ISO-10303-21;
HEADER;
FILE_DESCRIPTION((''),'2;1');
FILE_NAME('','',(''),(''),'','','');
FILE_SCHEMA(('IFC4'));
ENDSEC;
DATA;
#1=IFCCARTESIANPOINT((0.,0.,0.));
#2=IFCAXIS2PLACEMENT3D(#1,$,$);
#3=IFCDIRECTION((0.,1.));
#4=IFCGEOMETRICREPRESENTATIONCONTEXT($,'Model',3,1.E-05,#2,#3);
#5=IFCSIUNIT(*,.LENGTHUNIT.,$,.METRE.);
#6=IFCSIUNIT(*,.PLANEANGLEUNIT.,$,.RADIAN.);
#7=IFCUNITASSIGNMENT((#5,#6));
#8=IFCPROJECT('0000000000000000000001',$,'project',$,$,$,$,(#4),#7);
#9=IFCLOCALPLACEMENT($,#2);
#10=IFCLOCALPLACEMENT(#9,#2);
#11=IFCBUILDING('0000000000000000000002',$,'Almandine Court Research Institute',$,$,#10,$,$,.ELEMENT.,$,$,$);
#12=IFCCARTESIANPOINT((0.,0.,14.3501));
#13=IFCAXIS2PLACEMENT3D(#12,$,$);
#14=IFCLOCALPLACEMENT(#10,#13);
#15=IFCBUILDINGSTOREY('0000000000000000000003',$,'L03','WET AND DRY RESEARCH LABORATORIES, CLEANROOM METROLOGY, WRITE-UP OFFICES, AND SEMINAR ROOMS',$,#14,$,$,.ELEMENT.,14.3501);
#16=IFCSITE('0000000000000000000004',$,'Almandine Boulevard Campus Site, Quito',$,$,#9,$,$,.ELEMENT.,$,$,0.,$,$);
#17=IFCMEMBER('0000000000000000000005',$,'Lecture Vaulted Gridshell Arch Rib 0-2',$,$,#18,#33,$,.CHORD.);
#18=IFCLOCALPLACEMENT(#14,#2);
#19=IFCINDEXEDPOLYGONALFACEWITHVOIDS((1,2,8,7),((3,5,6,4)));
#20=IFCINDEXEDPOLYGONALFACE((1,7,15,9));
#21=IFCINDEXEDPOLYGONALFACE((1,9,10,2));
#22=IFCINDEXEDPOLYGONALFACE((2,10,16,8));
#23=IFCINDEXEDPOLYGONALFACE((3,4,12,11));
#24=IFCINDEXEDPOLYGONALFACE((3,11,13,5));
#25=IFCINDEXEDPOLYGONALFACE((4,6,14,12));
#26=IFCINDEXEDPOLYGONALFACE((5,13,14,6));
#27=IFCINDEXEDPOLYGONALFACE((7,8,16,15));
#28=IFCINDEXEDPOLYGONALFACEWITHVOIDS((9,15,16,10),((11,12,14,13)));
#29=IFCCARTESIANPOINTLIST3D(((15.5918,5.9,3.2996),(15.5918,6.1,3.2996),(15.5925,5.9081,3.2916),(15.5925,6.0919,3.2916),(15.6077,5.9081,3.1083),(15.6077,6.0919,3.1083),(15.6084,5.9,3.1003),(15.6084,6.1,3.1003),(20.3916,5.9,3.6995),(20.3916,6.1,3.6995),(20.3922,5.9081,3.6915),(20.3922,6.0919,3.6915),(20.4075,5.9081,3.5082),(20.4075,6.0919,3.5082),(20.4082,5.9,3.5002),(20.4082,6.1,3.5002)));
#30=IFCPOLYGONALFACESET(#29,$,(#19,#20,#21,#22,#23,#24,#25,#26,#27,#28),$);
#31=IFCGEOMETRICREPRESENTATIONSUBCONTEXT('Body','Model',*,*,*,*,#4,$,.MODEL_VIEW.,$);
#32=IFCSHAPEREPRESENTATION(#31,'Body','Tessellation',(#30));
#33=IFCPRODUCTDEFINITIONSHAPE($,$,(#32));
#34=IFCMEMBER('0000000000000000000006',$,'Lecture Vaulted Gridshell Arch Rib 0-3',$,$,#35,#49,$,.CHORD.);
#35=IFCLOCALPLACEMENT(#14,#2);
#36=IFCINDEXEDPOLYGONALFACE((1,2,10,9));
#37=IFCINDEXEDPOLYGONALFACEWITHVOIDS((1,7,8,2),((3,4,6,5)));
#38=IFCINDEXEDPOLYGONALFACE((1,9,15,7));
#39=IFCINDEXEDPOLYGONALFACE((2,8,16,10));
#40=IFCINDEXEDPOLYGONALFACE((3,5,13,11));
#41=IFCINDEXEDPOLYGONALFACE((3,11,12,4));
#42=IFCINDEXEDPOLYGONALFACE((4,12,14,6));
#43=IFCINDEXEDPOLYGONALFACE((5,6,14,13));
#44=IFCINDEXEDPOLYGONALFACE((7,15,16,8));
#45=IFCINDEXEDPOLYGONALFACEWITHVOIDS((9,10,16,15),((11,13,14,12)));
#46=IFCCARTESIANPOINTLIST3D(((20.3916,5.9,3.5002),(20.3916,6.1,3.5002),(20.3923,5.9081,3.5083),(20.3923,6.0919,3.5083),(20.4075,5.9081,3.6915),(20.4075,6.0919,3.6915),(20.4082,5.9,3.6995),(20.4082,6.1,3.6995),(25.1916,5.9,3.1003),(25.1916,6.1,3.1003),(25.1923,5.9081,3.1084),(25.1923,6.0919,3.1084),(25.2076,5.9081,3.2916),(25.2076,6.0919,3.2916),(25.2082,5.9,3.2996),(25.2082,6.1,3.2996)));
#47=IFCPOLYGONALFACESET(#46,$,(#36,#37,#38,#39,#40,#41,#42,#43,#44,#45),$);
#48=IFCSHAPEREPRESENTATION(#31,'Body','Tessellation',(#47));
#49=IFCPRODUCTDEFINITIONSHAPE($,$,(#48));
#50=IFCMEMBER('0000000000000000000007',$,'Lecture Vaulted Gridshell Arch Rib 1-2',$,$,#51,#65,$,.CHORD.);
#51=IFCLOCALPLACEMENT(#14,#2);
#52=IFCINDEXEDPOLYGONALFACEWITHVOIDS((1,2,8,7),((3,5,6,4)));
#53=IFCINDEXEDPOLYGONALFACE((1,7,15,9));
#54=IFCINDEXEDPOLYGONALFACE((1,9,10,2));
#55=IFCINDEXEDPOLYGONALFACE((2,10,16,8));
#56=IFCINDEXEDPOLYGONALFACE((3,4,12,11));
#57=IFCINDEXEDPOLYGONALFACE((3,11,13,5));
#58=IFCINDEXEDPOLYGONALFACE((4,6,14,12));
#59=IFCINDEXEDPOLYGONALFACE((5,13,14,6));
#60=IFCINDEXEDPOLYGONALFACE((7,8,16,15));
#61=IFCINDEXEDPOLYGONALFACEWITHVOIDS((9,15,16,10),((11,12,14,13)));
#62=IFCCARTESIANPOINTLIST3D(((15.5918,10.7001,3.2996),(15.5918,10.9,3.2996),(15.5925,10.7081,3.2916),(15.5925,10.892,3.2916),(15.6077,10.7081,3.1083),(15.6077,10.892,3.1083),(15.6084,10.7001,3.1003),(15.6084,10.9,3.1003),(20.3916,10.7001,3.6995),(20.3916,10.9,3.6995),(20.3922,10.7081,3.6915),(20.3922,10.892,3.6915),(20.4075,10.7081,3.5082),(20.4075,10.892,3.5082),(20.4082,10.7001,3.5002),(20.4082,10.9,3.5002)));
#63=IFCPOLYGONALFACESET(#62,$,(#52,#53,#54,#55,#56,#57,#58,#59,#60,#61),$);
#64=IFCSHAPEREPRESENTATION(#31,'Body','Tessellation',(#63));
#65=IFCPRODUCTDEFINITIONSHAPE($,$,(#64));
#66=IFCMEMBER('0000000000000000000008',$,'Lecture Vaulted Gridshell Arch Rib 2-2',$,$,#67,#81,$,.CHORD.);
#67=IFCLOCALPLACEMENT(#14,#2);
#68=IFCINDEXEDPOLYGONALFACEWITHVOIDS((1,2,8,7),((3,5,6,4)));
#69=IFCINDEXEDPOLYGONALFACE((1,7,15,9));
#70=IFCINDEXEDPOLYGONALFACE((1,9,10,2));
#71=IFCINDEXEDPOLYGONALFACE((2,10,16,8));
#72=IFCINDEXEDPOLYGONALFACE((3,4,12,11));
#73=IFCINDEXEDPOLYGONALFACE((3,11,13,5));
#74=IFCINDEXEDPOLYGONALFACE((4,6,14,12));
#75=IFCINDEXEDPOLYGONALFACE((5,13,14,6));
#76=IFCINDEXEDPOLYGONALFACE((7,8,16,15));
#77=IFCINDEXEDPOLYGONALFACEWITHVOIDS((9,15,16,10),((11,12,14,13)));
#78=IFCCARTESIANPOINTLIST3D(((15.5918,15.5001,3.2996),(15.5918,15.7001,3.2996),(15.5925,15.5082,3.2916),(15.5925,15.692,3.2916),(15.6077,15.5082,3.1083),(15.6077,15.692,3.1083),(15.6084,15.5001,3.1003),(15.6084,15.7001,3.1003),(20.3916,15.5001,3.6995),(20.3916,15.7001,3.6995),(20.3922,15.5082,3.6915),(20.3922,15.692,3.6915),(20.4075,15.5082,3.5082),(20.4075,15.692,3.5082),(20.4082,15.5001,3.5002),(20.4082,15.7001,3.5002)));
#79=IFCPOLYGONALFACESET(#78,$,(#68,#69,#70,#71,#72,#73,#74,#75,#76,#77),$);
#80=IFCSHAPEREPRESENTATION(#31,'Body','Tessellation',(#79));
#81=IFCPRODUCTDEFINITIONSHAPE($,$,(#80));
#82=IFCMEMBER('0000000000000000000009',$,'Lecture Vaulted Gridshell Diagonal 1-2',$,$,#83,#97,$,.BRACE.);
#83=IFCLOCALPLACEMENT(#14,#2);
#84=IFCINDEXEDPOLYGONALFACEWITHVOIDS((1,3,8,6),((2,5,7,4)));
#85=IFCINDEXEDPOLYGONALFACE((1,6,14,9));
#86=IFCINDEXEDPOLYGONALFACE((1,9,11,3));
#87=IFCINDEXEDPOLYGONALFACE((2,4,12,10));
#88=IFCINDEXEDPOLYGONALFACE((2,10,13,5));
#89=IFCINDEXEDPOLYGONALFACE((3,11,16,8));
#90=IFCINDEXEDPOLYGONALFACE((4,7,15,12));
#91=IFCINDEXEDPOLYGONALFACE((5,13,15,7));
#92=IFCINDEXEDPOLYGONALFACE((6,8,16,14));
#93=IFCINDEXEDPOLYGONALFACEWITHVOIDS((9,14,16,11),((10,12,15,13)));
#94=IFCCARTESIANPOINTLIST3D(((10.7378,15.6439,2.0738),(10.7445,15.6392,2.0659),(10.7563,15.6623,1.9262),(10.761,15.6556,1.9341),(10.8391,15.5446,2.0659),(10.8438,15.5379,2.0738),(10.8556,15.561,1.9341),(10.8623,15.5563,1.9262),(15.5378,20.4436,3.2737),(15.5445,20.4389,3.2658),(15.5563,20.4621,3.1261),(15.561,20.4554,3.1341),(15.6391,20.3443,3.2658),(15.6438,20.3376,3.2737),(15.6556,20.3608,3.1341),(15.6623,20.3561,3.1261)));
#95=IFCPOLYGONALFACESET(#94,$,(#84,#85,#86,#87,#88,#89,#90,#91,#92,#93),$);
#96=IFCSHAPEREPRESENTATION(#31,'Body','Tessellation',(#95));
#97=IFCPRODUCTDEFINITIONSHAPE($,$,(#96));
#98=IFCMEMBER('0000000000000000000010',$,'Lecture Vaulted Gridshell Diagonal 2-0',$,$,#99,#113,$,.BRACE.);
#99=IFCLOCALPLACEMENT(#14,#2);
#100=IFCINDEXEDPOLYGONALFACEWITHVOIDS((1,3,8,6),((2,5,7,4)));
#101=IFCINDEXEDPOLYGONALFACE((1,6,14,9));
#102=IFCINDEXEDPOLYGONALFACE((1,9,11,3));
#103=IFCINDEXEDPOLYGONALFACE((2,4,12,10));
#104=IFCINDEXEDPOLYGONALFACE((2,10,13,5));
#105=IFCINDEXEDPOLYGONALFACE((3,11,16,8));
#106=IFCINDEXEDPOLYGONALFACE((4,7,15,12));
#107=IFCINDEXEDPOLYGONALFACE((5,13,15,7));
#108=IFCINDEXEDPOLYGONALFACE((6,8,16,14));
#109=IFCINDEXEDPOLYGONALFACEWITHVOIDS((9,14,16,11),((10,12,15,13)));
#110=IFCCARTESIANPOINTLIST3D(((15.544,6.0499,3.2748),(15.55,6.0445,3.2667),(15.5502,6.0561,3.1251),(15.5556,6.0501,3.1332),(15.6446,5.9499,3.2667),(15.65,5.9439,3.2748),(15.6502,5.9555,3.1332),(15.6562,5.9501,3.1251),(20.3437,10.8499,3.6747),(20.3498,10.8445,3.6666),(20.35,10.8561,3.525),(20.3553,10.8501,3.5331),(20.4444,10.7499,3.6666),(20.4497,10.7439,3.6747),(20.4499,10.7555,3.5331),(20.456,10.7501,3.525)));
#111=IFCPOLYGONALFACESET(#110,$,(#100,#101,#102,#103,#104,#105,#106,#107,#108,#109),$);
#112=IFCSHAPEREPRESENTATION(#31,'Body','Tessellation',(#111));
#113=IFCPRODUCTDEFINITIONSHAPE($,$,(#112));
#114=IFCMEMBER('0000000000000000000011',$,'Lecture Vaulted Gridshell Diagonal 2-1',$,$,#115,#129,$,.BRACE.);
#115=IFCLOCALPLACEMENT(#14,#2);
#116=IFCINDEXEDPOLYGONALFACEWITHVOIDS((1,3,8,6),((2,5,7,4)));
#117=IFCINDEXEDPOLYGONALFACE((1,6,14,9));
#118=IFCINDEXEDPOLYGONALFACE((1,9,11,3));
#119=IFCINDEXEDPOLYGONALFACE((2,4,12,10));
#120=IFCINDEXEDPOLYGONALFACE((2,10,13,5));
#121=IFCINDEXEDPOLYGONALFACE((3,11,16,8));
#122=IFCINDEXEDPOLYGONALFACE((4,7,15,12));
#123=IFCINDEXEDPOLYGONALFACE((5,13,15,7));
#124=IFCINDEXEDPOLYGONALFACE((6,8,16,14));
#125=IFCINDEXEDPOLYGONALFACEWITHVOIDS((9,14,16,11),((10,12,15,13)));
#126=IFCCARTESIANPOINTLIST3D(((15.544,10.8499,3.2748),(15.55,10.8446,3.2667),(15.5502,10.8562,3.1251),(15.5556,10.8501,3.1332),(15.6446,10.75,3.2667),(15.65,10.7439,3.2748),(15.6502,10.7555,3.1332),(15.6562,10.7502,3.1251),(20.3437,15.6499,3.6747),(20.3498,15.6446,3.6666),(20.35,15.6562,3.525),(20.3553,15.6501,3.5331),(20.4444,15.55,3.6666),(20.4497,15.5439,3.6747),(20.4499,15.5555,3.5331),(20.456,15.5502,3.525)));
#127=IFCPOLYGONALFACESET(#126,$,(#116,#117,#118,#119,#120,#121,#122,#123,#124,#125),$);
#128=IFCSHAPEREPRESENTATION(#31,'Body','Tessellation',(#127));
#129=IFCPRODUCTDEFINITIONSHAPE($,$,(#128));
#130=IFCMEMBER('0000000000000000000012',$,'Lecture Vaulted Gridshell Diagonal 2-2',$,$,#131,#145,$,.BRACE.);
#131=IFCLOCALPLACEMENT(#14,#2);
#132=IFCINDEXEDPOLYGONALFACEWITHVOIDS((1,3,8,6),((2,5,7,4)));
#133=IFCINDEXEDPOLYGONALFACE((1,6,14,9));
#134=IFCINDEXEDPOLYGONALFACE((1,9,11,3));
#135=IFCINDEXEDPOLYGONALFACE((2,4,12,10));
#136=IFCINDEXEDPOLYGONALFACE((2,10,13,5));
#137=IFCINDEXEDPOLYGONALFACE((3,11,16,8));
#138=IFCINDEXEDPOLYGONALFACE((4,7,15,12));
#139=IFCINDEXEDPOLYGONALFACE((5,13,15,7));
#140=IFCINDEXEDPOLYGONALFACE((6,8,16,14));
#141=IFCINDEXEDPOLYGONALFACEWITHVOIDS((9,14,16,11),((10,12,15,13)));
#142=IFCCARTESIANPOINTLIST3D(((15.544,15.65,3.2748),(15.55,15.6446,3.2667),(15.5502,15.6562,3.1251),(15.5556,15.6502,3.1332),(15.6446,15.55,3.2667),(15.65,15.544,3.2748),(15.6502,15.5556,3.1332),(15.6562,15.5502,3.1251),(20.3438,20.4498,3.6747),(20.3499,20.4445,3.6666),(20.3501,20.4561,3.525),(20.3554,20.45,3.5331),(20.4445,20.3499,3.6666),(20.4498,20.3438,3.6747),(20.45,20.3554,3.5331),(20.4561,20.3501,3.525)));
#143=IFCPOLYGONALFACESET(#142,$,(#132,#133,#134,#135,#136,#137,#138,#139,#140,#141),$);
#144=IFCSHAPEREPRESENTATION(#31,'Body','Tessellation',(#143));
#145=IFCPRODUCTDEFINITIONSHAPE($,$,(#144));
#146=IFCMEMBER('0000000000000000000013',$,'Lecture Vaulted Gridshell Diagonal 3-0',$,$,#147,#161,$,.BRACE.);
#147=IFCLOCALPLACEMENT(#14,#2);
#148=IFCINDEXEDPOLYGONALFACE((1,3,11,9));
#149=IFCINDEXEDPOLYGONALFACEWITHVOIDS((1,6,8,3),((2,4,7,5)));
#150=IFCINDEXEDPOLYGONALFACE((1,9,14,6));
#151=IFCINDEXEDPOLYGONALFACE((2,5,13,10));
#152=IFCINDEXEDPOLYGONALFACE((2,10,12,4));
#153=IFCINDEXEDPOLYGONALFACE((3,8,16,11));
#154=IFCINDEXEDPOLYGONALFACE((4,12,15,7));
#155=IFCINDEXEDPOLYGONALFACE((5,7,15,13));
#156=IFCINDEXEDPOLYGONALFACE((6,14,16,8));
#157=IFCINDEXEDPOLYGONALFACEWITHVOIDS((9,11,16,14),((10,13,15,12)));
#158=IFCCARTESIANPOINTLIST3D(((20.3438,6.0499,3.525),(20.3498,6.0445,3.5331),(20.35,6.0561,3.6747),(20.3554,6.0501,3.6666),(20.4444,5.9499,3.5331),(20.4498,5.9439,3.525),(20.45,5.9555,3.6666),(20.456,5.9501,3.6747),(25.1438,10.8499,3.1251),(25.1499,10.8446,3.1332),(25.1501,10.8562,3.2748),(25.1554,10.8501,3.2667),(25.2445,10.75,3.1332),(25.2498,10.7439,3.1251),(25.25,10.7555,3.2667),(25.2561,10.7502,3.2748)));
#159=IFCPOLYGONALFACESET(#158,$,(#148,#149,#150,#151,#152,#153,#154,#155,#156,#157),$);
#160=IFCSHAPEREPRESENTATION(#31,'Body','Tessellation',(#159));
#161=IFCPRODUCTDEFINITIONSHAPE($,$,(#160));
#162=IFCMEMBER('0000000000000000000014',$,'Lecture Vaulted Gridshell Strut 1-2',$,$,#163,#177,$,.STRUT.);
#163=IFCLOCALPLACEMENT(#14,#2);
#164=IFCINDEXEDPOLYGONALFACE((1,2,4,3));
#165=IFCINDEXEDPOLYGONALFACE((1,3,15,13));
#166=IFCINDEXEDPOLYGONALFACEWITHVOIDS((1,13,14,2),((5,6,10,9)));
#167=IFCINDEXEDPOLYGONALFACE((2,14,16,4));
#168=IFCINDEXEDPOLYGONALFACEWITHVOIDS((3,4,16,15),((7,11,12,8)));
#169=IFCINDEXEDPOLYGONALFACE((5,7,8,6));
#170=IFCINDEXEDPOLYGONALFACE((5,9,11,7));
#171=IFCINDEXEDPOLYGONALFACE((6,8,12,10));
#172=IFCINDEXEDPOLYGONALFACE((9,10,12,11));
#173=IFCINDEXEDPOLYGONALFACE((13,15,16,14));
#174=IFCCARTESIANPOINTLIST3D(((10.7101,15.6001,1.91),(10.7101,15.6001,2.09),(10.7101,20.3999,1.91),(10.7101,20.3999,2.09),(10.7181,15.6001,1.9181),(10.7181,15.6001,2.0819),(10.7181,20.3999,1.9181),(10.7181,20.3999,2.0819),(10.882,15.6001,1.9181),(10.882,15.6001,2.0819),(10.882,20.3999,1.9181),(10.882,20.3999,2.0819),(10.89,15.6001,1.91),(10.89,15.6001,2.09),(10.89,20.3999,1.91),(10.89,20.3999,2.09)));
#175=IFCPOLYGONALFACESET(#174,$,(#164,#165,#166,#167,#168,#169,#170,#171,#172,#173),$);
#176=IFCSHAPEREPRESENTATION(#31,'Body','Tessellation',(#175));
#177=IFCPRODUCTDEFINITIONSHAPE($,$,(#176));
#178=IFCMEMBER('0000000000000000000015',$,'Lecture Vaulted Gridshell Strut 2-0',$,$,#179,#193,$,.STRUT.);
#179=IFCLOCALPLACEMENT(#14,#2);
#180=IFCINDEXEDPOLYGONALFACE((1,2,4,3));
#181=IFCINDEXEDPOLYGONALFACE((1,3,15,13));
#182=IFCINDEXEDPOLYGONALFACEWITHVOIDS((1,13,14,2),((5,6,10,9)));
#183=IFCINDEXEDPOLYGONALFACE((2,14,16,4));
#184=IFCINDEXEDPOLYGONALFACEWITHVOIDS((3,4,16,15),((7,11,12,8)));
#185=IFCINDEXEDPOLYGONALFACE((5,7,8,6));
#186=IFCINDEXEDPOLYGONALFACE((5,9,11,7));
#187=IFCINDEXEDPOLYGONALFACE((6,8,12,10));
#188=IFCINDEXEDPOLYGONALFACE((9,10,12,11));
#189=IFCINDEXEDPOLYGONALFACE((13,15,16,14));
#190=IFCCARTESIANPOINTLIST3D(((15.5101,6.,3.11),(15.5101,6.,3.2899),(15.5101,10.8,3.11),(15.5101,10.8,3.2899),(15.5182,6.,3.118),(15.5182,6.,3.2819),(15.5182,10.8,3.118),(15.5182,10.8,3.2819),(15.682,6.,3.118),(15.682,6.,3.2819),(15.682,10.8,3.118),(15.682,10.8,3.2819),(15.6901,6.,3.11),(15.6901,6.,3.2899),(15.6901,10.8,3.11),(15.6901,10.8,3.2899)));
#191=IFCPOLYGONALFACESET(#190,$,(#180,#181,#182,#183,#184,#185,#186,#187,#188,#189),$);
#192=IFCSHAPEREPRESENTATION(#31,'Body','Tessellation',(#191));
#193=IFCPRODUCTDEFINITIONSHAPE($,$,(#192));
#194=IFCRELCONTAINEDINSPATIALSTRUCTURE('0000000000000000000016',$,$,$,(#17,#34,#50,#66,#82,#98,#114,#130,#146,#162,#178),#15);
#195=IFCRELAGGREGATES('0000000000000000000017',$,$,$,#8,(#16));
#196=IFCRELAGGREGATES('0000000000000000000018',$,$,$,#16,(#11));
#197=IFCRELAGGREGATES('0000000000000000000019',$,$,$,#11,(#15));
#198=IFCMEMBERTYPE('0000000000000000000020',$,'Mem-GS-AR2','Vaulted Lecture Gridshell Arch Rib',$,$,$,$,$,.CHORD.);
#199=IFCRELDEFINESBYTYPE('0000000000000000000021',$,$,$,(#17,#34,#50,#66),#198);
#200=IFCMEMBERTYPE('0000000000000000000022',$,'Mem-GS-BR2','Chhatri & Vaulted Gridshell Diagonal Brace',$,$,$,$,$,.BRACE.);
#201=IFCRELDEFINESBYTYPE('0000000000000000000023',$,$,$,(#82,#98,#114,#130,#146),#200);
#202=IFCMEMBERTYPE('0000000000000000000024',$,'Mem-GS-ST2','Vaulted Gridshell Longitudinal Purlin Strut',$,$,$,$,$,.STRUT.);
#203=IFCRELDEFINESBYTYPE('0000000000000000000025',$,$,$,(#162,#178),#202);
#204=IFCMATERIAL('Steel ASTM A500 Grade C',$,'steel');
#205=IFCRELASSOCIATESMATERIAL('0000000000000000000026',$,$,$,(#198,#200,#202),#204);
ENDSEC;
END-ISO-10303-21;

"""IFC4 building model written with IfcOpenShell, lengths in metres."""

from ifc_helpers import new_model, si_unit, direction, frame, origin, origin_2d, place, context, subcontext, project, spatial, hollow_rectangle, extrude, material, material_profile, profile_set, type_object, element, save


model = new_model("IFC4")

# Units and contexts
model_context = context("Model", 3, precision=1e-05, world=origin(), true_north=direction((0.0, 1.0)))
body_context = subcontext(model_context, "Body", "Model", "MODEL_VIEW")
ifc_project = project(units=[si_unit("LENGTHUNIT", "METRE"), si_unit("PLANEANGLEUNIT", "RADIAN")], contexts=[model_context])

# Site, building, storey
site_placement = place(None, origin())
site = spatial("IfcSite", under=ifc_project, at=site_placement, Name="Almandine Boulevard Campus Site, Quito", CompositionType="ELEMENT", RefElevation=0.0)
building_placement = place(site_placement, origin())
building = spatial("IfcBuilding", under=site, at=building_placement, Name="Almandine Court Research Institute", CompositionType="ELEMENT")
storey_placement = place(building_placement, frame((0.0, 0.0, 14.3501)))
storey = spatial("IfcBuildingStorey", under=building, at=storey_placement, Name="L03", Description="WET AND DRY RESEARCH LABORATORIES, CLEANROOM METROLOGY, WRITE-UP OFFICES, AND SEMINAR ROOMS", CompositionType="ELEMENT", Elevation=14.3501)

# Members
ifc_material_1 = material(Name="Steel ASTM A500 Grade C", Category="steel")
ifc_material_profile_1 = material_profile(ifc_material_1, hollow_rectangle(XDim=0.2, YDim=0.2, WallThickness=0.0081, at=origin_2d()), Name="HSS 200x200x8")
ifc_profile_set_1 = profile_set([ifc_material_profile_1], Name="Steel ASTM A500 Grade C")
member_type_1 = type_object("IfcMemberType", Name="Mem-GS-AR2", Description="Vaulted Lecture Gridshell Arch Rib", PredefinedType="CHORD", material=ifc_profile_set_1)
member_1_placement = place(storey_placement, frame((15.6001, 6.0, 3.2), z_axis=(0.996547, 0.0, 0.083029), x_axis=(0.0, 1.0, 0.0)))
element("IfcMember", 1, at=member_1_placement, inside=storey, type_object=member_type_1, Name="Lecture Vaulted Gridshell Arch Rib 0-2", PredefinedType="CHORD", context=body_context, shape_type="SweptSolid", body=[
    extrude(hollow_rectangle(XDim=0.2, YDim=0.2, WallThickness=0.0081, at=origin_2d()), origin(), (0.0, 0.0, 1.0), 4.8164),
])
member_2_placement = place(storey_placement, frame((20.3999, 6.0, 3.5999), z_axis=(0.996548, 0.0, -0.083025), x_axis=(0.0, 1.0, 0.0)))
element("IfcMember", 2, at=member_2_placement, inside=storey, type_object=member_type_1, Name="Lecture Vaulted Gridshell Arch Rib 0-3", PredefinedType="CHORD", context=body_context, shape_type="SweptSolid", body=[
    extrude(hollow_rectangle(XDim=0.2, YDim=0.2, WallThickness=0.0081, at=origin_2d()), origin(), (0.0, 0.0, 1.0), 4.8167),
])
for number, where, z_axis, x_axis, name in (
    (3, (15.6001, 10.8, 3.2), (0.996547, 0.0, 0.083029), (0.0, 1.0, 0.0), "Lecture Vaulted Gridshell Arch Rib 1-2"),
    (4, (15.6001, 15.6001, 3.2), (0.996547, 0.0, 0.083029), (0.0, 1.0, 0.0), "Lecture Vaulted Gridshell Arch Rib 2-2"),
):
    element("IfcMember", number, at=place(storey_placement, frame(where, z_axis=z_axis, x_axis=x_axis)), inside=storey, type_object=member_type_1, Name=name, PredefinedType="CHORD", context=body_context, shape_type="SweptSolid", body=[
        extrude(hollow_rectangle(XDim=0.2, YDim=0.2, WallThickness=0.0081, at=origin_2d()), origin(), (0.0, 0.0, 1.0), 4.8164),
    ])
ifc_material_profile_2 = material_profile(ifc_material_1, hollow_rectangle(XDim=0.1499, YDim=0.1499, WallThickness=0.0081, at=origin_2d()), Name="HSS 150x150x8")
ifc_profile_set_2 = profile_set([ifc_material_profile_2], Name="Steel ASTM A500 Grade C")
member_type_2 = type_object("IfcMemberType", Name="Mem-GS-BR2", Description="Chhatri & Vaulted Gridshell Diagonal Brace", PredefinedType="BRACE", material=ifc_profile_set_2)
member_3_placement = place(storey_placement, frame((10.8, 15.6001, 2.0), z_axis=(0.696329, 0.696293, 0.174073), x_axis=(-0.707089, 0.707125, 0.0)))
element("IfcMember", 5, at=member_3_placement, inside=storey, type_object=member_type_2, Name="Lecture Vaulted Gridshell Diagonal 1-2", PredefinedType="BRACE", context=body_context, shape_type="SweptSolid", body=[
    extrude(hollow_rectangle(XDim=0.1499, YDim=0.1499, WallThickness=0.0081, at=origin_2d()), origin(), (0.0, 0.0, 1.0), 6.8933),
])
for number, where, z_axis, x_axis, name in (
    (6, (15.6001, 6.0, 3.2), (0.705865, 0.705901, 0.05881), (-0.707125, 0.707089, 0.0), "Lecture Vaulted Gridshell Diagonal 2-0"),
    (7, (15.6001, 10.8, 3.2), (0.705865, 0.705901, 0.05881), (-0.707125, 0.707089, 0.0), "Lecture Vaulted Gridshell Diagonal 2-1"),
    (8, (15.6001, 15.6001, 3.2), (0.705883, 0.705883, 0.058812), (-0.707107, 0.707107, 0.0), "Lecture Vaulted Gridshell Diagonal 2-2"),
):
    element("IfcMember", number, at=place(storey_placement, frame(where, z_axis=z_axis, x_axis=x_axis)), inside=storey, type_object=member_type_2, Name=name, PredefinedType="BRACE", context=body_context, shape_type="SweptSolid", body=[
        extrude(hollow_rectangle(XDim=0.1499, YDim=0.1499, WallThickness=0.0081, at=origin_2d()), origin(), (0.0, 0.0, 1.0), 6.7998),
    ])
member_4_placement = place(storey_placement, frame((20.3999, 6.0, 3.5999), z_axis=(0.705883, 0.705883, -0.058809), x_axis=(-0.707107, 0.707107, 0.0)))
element("IfcMember", 9, at=member_4_placement, inside=storey, type_object=member_type_2, Name="Lecture Vaulted Gridshell Diagonal 3-0", PredefinedType="BRACE", context=body_context, shape_type="SweptSolid", body=[
    extrude(hollow_rectangle(XDim=0.1499, YDim=0.1499, WallThickness=0.0081, at=origin_2d()), origin(), (0.0, 0.0, 1.0), 6.8),
])
ifc_material_profile_3 = material_profile(ifc_material_1, hollow_rectangle(XDim=0.1799, YDim=0.1799, WallThickness=0.0081, at=origin_2d()), Name="HSS 180x180x8")
ifc_profile_set_3 = profile_set([ifc_material_profile_3], Name="Steel ASTM A500 Grade C")
member_type_3 = type_object("IfcMemberType", Name="Mem-GS-ST2", Description="Vaulted Gridshell Longitudinal Purlin Strut", PredefinedType="STRUT", material=ifc_profile_set_3)
member_5_placement = place(storey_placement, frame((10.8, 15.6001, 2.0), z_axis=(0.0, 1.0, 0.0), x_axis=(-1.0, 0.0, 0.0)))
element("IfcMember", 10, at=member_5_placement, inside=storey, type_object=member_type_3, Name="Lecture Vaulted Gridshell Strut 1-2", PredefinedType="STRUT", context=body_context, shape_type="SweptSolid", body=[
    extrude(hollow_rectangle(XDim=0.1799, YDim=0.1799, WallThickness=0.0081, at=origin_2d()), origin(), (0.0, 0.0, 1.0), 4.7998),
])
for number, where, z_axis, x_axis, name in (
    (11, (15.6001, 6.0, 3.2), (0.0, 1.0, 0.0), (-1.0, 0.0, 0.0), "Lecture Vaulted Gridshell Strut 2-0"),
):
    element("IfcMember", number, at=place(storey_placement, frame(where, z_axis=z_axis, x_axis=x_axis)), inside=storey, type_object=member_type_3, Name=name, PredefinedType="STRUT", context=body_context, shape_type="SweptSolid", body=[
        extrude(hollow_rectangle(XDim=0.1799, YDim=0.1799, WallThickness=0.0081, at=origin_2d()), origin(), (0.0, 0.0, 1.0), 4.8),
    ])

save(model, "model.ifc")
